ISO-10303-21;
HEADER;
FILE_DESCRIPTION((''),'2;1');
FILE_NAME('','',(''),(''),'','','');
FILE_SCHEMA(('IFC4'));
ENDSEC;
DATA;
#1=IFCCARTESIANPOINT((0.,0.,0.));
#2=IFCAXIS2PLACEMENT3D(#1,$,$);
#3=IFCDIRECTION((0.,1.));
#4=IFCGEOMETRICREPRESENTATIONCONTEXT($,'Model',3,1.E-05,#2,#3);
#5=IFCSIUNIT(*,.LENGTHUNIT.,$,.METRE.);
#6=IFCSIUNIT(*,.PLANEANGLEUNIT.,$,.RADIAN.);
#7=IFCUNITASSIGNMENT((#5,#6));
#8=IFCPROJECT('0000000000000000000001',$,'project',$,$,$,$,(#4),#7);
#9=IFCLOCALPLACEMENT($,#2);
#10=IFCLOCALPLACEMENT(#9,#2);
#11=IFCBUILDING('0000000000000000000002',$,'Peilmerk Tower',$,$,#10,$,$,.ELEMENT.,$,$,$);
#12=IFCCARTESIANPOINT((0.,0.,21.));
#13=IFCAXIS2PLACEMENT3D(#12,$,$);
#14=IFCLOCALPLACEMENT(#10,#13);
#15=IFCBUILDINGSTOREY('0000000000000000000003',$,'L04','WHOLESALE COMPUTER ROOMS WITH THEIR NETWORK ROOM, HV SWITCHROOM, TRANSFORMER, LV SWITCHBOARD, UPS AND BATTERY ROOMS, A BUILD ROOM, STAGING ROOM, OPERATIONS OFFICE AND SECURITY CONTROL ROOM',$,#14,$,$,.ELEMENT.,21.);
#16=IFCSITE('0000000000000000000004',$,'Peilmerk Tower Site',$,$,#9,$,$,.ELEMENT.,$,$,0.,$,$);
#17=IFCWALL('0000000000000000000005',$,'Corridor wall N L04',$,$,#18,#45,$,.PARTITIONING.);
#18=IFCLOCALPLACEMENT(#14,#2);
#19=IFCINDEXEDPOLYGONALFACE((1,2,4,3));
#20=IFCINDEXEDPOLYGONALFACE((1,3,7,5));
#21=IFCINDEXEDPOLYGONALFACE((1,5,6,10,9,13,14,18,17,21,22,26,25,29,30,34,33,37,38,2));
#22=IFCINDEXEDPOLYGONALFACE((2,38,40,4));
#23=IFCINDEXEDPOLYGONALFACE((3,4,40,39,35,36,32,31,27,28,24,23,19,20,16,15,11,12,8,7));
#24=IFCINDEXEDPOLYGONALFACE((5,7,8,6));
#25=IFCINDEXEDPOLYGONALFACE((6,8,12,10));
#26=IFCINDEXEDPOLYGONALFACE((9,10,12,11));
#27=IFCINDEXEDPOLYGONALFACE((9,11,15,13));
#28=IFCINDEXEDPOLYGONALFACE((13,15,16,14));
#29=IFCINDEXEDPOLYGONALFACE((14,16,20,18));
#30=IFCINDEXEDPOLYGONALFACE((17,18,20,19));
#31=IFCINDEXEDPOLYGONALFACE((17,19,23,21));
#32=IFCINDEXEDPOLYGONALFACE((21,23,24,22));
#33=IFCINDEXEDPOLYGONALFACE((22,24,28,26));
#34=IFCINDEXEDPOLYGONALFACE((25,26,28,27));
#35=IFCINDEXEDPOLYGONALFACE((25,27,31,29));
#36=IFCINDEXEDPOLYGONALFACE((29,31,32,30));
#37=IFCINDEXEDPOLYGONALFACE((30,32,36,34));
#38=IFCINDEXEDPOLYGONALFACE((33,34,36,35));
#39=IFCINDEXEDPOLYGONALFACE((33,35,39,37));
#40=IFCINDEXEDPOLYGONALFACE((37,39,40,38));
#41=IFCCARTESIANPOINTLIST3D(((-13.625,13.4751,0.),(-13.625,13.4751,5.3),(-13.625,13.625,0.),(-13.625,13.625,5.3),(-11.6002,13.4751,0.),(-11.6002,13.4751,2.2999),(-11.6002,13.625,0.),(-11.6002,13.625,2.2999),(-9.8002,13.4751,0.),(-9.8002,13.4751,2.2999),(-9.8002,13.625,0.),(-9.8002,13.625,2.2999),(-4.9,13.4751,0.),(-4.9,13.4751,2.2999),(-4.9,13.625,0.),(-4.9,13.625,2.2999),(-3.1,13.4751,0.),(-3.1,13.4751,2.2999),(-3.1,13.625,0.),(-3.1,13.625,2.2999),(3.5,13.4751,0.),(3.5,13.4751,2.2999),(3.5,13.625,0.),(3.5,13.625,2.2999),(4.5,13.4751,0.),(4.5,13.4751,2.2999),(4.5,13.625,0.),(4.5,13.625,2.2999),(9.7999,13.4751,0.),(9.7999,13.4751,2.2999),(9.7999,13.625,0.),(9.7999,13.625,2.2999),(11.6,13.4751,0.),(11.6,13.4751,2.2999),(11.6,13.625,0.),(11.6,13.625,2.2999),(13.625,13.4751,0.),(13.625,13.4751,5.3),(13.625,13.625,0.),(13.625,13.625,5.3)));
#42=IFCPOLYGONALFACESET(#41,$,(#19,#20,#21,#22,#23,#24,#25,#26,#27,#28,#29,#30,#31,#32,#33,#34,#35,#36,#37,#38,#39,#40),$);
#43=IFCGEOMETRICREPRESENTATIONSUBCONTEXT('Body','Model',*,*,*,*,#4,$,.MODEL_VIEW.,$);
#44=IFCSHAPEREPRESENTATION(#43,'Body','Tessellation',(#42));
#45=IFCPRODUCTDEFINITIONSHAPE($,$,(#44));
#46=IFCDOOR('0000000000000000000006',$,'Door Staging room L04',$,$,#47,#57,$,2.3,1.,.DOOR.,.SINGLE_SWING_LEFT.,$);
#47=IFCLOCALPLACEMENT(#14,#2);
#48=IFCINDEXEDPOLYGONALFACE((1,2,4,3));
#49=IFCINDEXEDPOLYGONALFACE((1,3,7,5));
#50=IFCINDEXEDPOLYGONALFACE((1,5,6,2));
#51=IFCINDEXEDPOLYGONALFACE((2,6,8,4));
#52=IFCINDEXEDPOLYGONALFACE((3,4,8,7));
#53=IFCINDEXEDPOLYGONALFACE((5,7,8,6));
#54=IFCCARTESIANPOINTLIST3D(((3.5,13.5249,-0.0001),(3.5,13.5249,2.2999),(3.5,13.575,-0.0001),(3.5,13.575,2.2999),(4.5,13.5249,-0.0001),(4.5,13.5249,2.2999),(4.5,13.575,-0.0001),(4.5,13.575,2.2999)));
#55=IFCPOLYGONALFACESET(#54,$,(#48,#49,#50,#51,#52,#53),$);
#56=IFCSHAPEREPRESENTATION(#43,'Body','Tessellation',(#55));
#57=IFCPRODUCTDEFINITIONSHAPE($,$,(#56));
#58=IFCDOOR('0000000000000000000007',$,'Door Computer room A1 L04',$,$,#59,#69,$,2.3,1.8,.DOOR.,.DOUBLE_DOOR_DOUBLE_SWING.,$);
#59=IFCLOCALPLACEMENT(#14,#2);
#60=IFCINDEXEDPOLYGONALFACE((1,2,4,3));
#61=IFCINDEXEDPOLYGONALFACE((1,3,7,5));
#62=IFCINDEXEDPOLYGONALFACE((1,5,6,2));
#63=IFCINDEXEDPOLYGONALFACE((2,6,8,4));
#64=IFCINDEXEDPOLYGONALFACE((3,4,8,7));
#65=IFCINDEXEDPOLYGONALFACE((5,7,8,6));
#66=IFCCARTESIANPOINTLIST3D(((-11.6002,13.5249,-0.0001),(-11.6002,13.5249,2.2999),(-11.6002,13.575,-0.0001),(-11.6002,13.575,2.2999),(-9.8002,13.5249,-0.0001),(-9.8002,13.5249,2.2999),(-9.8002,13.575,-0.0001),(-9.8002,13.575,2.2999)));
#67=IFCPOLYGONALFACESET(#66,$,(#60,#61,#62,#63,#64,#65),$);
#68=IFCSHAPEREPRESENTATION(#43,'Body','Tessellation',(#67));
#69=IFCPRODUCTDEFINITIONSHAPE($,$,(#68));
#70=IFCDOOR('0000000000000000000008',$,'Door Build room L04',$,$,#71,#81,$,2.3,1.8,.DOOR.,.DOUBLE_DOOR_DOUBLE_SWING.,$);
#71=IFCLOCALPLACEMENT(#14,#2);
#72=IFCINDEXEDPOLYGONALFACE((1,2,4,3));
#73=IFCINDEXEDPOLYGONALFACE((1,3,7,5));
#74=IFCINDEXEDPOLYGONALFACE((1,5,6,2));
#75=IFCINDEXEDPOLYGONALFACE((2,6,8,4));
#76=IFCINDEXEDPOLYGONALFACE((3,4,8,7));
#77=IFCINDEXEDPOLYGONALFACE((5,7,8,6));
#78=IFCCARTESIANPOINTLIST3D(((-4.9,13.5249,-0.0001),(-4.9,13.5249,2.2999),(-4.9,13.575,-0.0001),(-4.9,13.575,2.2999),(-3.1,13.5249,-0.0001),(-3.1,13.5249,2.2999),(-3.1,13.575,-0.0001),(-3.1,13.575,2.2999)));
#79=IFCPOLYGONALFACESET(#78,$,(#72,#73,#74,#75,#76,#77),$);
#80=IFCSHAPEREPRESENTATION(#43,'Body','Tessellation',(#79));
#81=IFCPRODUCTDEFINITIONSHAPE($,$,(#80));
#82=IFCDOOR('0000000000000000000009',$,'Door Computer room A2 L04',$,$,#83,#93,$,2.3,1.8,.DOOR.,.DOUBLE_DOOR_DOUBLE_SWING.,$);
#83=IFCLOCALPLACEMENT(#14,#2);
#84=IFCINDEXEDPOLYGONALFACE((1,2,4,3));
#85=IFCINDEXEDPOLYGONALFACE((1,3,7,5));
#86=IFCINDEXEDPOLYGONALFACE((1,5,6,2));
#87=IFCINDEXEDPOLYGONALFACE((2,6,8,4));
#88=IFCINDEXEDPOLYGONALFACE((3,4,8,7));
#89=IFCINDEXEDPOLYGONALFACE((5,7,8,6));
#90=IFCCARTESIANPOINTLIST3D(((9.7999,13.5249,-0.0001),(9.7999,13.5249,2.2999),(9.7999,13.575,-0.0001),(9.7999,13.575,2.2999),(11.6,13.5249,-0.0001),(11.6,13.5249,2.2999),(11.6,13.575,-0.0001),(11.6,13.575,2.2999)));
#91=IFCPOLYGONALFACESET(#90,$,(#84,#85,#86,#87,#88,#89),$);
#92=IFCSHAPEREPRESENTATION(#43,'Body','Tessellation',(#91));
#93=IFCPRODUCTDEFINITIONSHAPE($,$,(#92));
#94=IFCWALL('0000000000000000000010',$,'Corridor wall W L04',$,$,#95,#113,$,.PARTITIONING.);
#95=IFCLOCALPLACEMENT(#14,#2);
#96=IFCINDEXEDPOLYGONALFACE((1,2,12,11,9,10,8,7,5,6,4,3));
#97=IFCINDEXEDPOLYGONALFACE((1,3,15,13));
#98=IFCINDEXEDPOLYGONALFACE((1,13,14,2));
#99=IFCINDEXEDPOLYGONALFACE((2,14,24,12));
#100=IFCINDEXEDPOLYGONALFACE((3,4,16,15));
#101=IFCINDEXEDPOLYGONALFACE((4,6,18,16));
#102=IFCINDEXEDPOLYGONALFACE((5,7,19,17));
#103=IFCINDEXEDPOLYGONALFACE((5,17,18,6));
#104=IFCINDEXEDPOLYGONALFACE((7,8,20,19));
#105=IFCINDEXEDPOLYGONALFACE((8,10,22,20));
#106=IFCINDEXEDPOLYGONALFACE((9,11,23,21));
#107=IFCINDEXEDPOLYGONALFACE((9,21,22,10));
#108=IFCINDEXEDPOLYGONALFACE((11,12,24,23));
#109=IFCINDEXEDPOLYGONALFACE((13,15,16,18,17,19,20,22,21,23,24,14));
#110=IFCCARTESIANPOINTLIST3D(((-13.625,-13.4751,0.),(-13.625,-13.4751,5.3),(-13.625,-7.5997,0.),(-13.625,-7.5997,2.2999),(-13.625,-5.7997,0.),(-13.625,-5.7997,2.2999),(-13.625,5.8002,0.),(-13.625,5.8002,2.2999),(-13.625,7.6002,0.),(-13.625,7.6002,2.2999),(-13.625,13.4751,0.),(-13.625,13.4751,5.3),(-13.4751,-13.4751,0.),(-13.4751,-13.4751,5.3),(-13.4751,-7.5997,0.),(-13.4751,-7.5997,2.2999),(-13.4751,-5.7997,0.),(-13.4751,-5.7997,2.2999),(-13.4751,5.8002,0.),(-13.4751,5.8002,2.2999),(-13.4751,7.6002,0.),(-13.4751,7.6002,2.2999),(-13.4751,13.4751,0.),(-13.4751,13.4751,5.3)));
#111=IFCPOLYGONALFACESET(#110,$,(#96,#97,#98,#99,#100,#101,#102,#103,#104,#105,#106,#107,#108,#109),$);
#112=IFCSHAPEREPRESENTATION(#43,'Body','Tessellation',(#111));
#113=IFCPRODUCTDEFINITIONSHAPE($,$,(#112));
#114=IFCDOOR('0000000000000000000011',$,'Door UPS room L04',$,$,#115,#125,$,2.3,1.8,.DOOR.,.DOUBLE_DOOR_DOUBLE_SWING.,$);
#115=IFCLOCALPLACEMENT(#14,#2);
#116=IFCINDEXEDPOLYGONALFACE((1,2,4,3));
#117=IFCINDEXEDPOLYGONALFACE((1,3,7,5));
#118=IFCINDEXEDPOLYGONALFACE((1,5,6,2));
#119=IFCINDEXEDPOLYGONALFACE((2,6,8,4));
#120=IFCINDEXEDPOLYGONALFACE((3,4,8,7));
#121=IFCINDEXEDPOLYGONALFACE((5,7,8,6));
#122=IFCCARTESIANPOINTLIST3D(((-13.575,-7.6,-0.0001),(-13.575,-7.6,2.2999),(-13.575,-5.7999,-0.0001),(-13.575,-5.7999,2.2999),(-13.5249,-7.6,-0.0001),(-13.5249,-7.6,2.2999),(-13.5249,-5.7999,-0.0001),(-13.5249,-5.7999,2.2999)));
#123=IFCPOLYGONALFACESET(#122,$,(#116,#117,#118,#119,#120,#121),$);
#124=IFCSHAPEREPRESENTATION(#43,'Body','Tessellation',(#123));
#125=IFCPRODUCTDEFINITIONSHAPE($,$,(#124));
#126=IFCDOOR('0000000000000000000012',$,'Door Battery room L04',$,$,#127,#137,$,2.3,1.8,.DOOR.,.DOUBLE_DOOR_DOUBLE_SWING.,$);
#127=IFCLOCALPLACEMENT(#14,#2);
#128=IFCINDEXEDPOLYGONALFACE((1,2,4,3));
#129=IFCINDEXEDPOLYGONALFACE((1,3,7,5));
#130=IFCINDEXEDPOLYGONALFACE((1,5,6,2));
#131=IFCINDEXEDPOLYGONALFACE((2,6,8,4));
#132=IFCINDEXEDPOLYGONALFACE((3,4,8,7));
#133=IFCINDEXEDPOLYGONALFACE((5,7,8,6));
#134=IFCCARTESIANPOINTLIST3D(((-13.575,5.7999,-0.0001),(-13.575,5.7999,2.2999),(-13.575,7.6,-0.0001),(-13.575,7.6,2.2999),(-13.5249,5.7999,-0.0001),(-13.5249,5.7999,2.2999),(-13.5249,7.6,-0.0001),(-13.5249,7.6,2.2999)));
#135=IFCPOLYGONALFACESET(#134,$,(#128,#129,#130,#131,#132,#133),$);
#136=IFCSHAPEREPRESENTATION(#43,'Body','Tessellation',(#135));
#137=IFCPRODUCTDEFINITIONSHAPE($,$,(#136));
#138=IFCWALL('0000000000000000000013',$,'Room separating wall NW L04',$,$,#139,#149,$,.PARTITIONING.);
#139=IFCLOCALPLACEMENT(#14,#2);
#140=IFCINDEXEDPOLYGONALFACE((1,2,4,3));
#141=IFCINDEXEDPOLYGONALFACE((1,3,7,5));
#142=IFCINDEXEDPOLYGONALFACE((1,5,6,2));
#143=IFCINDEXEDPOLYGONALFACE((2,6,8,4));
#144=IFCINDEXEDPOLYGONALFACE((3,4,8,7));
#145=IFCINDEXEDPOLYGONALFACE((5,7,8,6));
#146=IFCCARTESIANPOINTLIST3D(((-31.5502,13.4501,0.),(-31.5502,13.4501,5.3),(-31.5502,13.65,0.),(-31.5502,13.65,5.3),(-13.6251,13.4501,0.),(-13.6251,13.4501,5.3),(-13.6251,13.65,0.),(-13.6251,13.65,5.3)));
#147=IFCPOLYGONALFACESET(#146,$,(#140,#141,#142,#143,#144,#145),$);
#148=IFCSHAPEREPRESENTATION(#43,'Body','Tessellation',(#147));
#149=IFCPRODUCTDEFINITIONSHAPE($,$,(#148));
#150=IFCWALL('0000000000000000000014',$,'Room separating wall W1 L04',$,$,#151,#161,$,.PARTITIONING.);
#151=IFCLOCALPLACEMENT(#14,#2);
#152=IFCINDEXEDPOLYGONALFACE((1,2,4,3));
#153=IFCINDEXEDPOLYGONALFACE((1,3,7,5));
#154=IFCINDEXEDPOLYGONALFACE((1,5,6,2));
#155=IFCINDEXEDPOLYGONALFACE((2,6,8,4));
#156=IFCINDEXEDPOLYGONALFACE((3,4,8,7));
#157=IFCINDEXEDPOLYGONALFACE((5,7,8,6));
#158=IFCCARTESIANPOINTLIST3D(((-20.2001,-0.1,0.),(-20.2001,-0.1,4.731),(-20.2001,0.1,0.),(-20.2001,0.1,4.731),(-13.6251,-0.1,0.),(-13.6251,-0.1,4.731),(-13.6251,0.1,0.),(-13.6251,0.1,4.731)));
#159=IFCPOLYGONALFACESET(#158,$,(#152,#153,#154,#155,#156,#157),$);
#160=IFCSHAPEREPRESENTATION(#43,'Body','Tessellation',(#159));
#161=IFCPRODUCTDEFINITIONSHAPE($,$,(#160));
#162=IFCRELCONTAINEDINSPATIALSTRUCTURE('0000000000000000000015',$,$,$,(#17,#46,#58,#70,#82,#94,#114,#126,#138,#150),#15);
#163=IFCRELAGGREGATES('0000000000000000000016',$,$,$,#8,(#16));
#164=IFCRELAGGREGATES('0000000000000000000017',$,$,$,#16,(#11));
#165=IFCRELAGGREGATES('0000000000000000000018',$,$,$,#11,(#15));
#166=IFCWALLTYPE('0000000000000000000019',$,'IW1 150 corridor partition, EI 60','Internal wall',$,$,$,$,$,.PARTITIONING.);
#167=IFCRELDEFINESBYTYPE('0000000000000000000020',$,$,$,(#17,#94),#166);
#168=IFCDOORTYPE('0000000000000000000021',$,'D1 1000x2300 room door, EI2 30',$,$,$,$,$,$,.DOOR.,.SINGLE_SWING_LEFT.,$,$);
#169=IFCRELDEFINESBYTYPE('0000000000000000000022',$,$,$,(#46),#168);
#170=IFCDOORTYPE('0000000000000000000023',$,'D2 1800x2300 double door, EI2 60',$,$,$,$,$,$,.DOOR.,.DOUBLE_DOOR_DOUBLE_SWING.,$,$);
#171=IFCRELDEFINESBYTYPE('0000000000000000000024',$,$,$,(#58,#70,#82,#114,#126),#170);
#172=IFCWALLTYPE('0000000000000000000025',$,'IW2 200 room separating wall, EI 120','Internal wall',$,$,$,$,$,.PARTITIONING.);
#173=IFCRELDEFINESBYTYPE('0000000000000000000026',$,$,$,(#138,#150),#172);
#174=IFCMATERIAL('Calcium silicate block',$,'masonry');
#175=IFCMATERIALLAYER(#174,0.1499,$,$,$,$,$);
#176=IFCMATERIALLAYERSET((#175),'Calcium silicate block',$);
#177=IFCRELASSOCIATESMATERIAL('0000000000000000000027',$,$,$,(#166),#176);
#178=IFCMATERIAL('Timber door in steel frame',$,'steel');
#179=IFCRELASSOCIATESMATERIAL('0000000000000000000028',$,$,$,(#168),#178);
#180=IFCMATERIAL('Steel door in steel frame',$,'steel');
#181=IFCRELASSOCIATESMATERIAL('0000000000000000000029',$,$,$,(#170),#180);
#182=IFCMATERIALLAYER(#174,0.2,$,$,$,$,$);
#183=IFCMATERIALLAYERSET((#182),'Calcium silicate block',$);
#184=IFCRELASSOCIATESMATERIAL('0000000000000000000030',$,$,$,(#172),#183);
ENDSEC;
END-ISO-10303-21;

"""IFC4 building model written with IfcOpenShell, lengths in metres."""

from ifc_helpers import new_model, si_unit, direction, frame, frame_2d, origin, place, context, subcontext, project, spatial, rectangle, extrude, material, layer, layer_set, type_object, element, fill, save


model = new_model("IFC4")

# Units and contexts
model_context = context("Model", 3, precision=1e-05, world=origin(), true_north=direction((0.0, 1.0)))
body_context = subcontext(model_context, "Body", "Model", "MODEL_VIEW")
ifc_project = project(units=[si_unit("LENGTHUNIT", "METRE"), si_unit("PLANEANGLEUNIT", "RADIAN")], contexts=[model_context])

# Site, building, storey
site_placement = place(None, origin())
site = spatial("IfcSite", under=ifc_project, at=site_placement, Name="Peilmerk Tower Site", CompositionType="ELEMENT", RefElevation=0.0)
building_placement = place(site_placement, origin())
building = spatial("IfcBuilding", under=site, at=building_placement, Name="Peilmerk Tower", CompositionType="ELEMENT")
storey_placement = place(building_placement, frame((0.0, 0.0, 21.0)))
storey = spatial("IfcBuildingStorey", under=building, at=storey_placement, Name="L04", Description="WHOLESALE COMPUTER ROOMS WITH THEIR NETWORK ROOM, HV SWITCHROOM, TRANSFORMER, LV SWITCHBOARD, UPS AND BATTERY ROOMS, A BUILD ROOM, STAGING ROOM, OPERATIONS OFFICE AND SECURITY CONTROL ROOM", CompositionType="ELEMENT", Elevation=21.0)

# Walls, openings, doors
ifc_material_1 = material(Name="Calcium silicate block", Category="masonry")
ifc_layer_1 = layer(ifc_material_1, 0.1499)
ifc_layer_set_1 = layer_set([ifc_layer_1], Name="Calcium silicate block")
wall_type_1 = type_object("IfcWallType", Name="IW1 150 corridor partition, EI 60", Description="Internal wall", PredefinedType="PARTITIONING", material=ifc_layer_set_1)
wall_1_placement = place(storey_placement, frame((-13.625, 13.55, 0.0), z_axis=(0.0, 0.0, 1.0), x_axis=(1.0, 0.0, 0.0)))
wall_1 = element("IfcWall", 1, at=wall_1_placement, inside=storey, type_object=wall_type_1, Name="Corridor wall N L04", PredefinedType="PARTITIONING", context=body_context, shape_type="SweptSolid", body=[
    extrude(rectangle(XDim=27.25, YDim=0.1499, at=frame_2d((13.625, 0.0))), origin(), (0.0, 0.0, 1.0), 5.3),
])
opening_1_placement = place(wall_1_placement, frame((2.0249, 0.0, 0.0)))
opening_1 = element("IfcOpeningElement", 2, at=opening_1_placement, cuts=wall_1, PredefinedType="OPENING", context=body_context, shape_type="SweptSolid", body=[
    extrude(rectangle(XDim=1.8, YDim=2.3, at=frame_2d((0.8999, 1.1499))), frame((0.0, 0.085, 0.0), z_axis=(0.0, -1.0, 0.0), x_axis=(1.0, 0.0, 0.0)), (0.0, 0.0, 1.0), 0.1699),
])
opening_2_placement = place(wall_1_placement, frame((8.7251, 0.0, 0.0)))
opening_2 = element("IfcOpeningElement", 3, at=opening_2_placement, cuts=wall_1, PredefinedType="OPENING", context=body_context, shape_type="SweptSolid", body=[
    extrude(rectangle(XDim=1.8, YDim=2.3, at=frame_2d((0.8999, 1.1499))), frame((0.0, 0.085, 0.0), z_axis=(0.0, -1.0, 0.0), x_axis=(1.0, 0.0, 0.0)), (0.0, 0.0, 1.0), 0.1699),
])
opening_3_placement = place(wall_1_placement, frame((17.125, 0.0, 0.0)))
opening_3 = element("IfcOpeningElement", 4, at=opening_3_placement, cuts=wall_1, PredefinedType="OPENING", context=body_context, shape_type="SweptSolid", body=[
    extrude(rectangle(XDim=1.0, YDim=2.3, at=frame_2d((0.5, 1.1499))), frame((0.0, 0.085, 0.0), z_axis=(0.0, -1.0, 0.0), x_axis=(1.0, 0.0, 0.0)), (0.0, 0.0, 1.0), 0.1699),
])
opening_4_placement = place(wall_1_placement, frame((23.425, 0.0, 0.0)))
opening_4 = element("IfcOpeningElement", 5, at=opening_4_placement, cuts=wall_1, PredefinedType="OPENING", context=body_context, shape_type="SweptSolid", body=[
    extrude(rectangle(XDim=1.8, YDim=2.3, at=frame_2d((0.8999, 1.1499))), frame((0.0, 0.085, 0.0), z_axis=(0.0, -1.0, 0.0), x_axis=(1.0, 0.0, 0.0)), (0.0, 0.0, 1.0), 0.1699),
])
ifc_material_2 = material(Name="Timber door in steel frame", Category="steel")
door_type_1 = type_object("IfcDoorType", Name="D1 1000x2300 room door, EI2 30", OperationType="SINGLE_SWING_LEFT", PredefinedType="DOOR", material=ifc_material_2)
door_1_placement = place(opening_3_placement, origin())
door_1 = element("IfcDoor", 6, at=door_1_placement, inside=storey, type_object=door_type_1, Name="Door Staging room L04", OperationType="SINGLE_SWING_LEFT", OverallHeight=2.3, OverallWidth=1.0, PredefinedType="DOOR", context=body_context, shape_type="SweptSolid", body=[
    extrude(rectangle(XDim=1.0, YDim=2.3, at=frame_2d((0.5, 1.1499))), frame((0.0, 0.0249, 0.0), z_axis=(0.0, -1.0, 0.0), x_axis=(1.0, 0.0, 0.0)), (0.0, 0.0, 1.0), 0.05),
])
fill(opening_3, door_1)
ifc_material_3 = material(Name="Steel door in steel frame", Category="steel")
door_type_2 = type_object("IfcDoorType", Name="D2 1800x2300 double door, EI2 60", OperationType="DOUBLE_DOOR_DOUBLE_SWING", PredefinedType="DOOR", material=ifc_material_3)
door_2_placement = place(opening_1_placement, origin())
door_2 = element("IfcDoor", 7, at=door_2_placement, inside=storey, type_object=door_type_2, Name="Door Computer room A1 L04", OperationType="DOUBLE_DOOR_DOUBLE_SWING", OverallHeight=2.3, OverallWidth=1.8, PredefinedType="DOOR", context=body_context, shape_type="SweptSolid", body=[
    extrude(rectangle(XDim=1.8, YDim=2.3, at=frame_2d((0.8999, 1.1499))), frame((0.0, 0.0249, 0.0), z_axis=(0.0, -1.0, 0.0), x_axis=(1.0, 0.0, 0.0)), (0.0, 0.0, 1.0), 0.05),
])
fill(opening_1, door_2)
door_3_placement = place(opening_2_placement, origin())
door_3 = element("IfcDoor", 8, at=door_3_placement, inside=storey, type_object=door_type_2, Name="Door Build room L04", OperationType="DOUBLE_DOOR_DOUBLE_SWING", OverallHeight=2.3, OverallWidth=1.8, PredefinedType="DOOR", context=body_context, shape_type="SweptSolid", body=[
    extrude(rectangle(XDim=1.8, YDim=2.3, at=frame_2d((0.8999, 1.1499))), frame((0.0, 0.0249, 0.0), z_axis=(0.0, -1.0, 0.0), x_axis=(1.0, 0.0, 0.0)), (0.0, 0.0, 1.0), 0.05),
])
fill(opening_2, door_3)
door_4_placement = place(opening_4_placement, origin())
door_4 = element("IfcDoor", 9, at=door_4_placement, inside=storey, type_object=door_type_2, Name="Door Computer room A2 L04", OperationType="DOUBLE_DOOR_DOUBLE_SWING", OverallHeight=2.3, OverallWidth=1.8, PredefinedType="DOOR", context=body_context, shape_type="SweptSolid", body=[
    extrude(rectangle(XDim=1.8, YDim=2.3, at=frame_2d((0.8999, 1.1499))), frame((0.0, 0.0249, 0.0), z_axis=(0.0, -1.0, 0.0), x_axis=(1.0, 0.0, 0.0)), (0.0, 0.0, 1.0), 0.05),
])
fill(opening_4, door_4)
wall_2_placement = place(storey_placement, frame((-13.55, 13.4751, 0.0), z_axis=(0.0, 0.0, 1.0), x_axis=(0.0, -1.0, 0.0)))
wall_2 = element("IfcWall", 10, at=wall_2_placement, inside=storey, type_object=wall_type_1, Name="Corridor wall W L04", PredefinedType="PARTITIONING", context=body_context, shape_type="SweptSolid", body=[
    extrude(rectangle(XDim=26.9502, YDim=0.1499, at=frame_2d((13.4751, 0.0))), origin(), (0.0, 0.0, 1.0), 5.3),
])
opening_5_placement = place(wall_2_placement, frame((19.2749, 0.0, 0.0)))
opening_5 = element("IfcOpeningElement", 11, at=opening_5_placement, cuts=wall_2, PredefinedType="OPENING", context=body_context, shape_type="SweptSolid", body=[
    extrude(rectangle(XDim=1.8, YDim=2.3, at=frame_2d((0.8999, 1.1499))), frame((0.0, 0.085, 0.0), z_axis=(0.0, -1.0, 0.0), x_axis=(1.0, 0.0, 0.0)), (0.0, 0.0, 1.0), 0.1699),
])
opening_6_placement = place(wall_2_placement, frame((5.875, 0.0, 0.0)))
opening_6 = element("IfcOpeningElement", 12, at=opening_6_placement, cuts=wall_2, PredefinedType="OPENING", context=body_context, shape_type="SweptSolid", body=[
    extrude(rectangle(XDim=1.8, YDim=2.3, at=frame_2d((0.8999, 1.1499))), frame((0.0, 0.085, 0.0), z_axis=(0.0, -1.0, 0.0), x_axis=(1.0, 0.0, 0.0)), (0.0, 0.0, 1.0), 0.1699),
])
door_5_placement = place(opening_5_placement, frame((1.8, 0.0, 0.0), z_axis=(0.0, 0.0, 1.0), x_axis=(-1.0, 0.0, 0.0)))
door_5 = element("IfcDoor", 13, at=door_5_placement, inside=storey, type_object=door_type_2, Name="Door UPS room L04", OperationType="DOUBLE_DOOR_DOUBLE_SWING", OverallHeight=2.3, OverallWidth=1.8, PredefinedType="DOOR", context=body_context, shape_type="SweptSolid", body=[
    extrude(rectangle(XDim=1.8, YDim=2.3, at=frame_2d((0.8999, 1.1499))), frame((0.0, 0.0249, 0.0), z_axis=(0.0, -1.0, 0.0), x_axis=(1.0, 0.0, 0.0)), (0.0, 0.0, 1.0), 0.05),
])
fill(opening_5, door_5)
door_6_placement = place(opening_6_placement, frame((1.8, 0.0, 0.0), z_axis=(0.0, 0.0, 1.0), x_axis=(-1.0, 0.0, 0.0)))
door_6 = element("IfcDoor", 14, at=door_6_placement, inside=storey, type_object=door_type_2, Name="Door Battery room L04", OperationType="DOUBLE_DOOR_DOUBLE_SWING", OverallHeight=2.3, OverallWidth=1.8, PredefinedType="DOOR", context=body_context, shape_type="SweptSolid", body=[
    extrude(rectangle(XDim=1.8, YDim=2.3, at=frame_2d((0.8999, 1.1499))), frame((0.0, 0.0249, 0.0), z_axis=(0.0, -1.0, 0.0), x_axis=(1.0, 0.0, 0.0)), (0.0, 0.0, 1.0), 0.05),
])
fill(opening_6, door_6)

# Walls
ifc_layer_2 = layer(ifc_material_1, 0.2)
ifc_layer_set_2 = layer_set([ifc_layer_2], Name="Calcium silicate block")
wall_type_2 = type_object("IfcWallType", Name="IW2 200 room separating wall, EI 120", Description="Internal wall", PredefinedType="PARTITIONING", material=ifc_layer_set_2)
wall_3_placement = place(storey_placement, frame((-31.55, 13.55, 0.0), z_axis=(0.0, 0.0, 1.0), x_axis=(1.0, 0.0, 0.0)))
element("IfcWall", 15, at=wall_3_placement, inside=storey, type_object=wall_type_2, Name="Room separating wall NW L04", PredefinedType="PARTITIONING", context=body_context, shape_type="SweptSolid", body=[
    extrude(rectangle(XDim=17.925, YDim=0.2, at=frame_2d((8.9624, 0.0))), origin(), (0.0, 0.0, 1.0), 5.3),
])
wall_4_placement = place(storey_placement, frame((-13.625, 0.0, 0.0), z_axis=(0.0, 0.0, 1.0), x_axis=(-1.0, 0.0, 0.0)))
element("IfcWall", 16, at=wall_4_placement, inside=storey, type_object=wall_type_2, Name="Room separating wall W1 L04", PredefinedType="PARTITIONING", context=body_context, shape_type="SweptSolid", body=[
    extrude(rectangle(XDim=6.575, YDim=0.2, at=frame_2d((3.2876, 0.0))), origin(), (0.0, 0.0, 1.0), 4.731),
])

save(model, "model.ifc")
